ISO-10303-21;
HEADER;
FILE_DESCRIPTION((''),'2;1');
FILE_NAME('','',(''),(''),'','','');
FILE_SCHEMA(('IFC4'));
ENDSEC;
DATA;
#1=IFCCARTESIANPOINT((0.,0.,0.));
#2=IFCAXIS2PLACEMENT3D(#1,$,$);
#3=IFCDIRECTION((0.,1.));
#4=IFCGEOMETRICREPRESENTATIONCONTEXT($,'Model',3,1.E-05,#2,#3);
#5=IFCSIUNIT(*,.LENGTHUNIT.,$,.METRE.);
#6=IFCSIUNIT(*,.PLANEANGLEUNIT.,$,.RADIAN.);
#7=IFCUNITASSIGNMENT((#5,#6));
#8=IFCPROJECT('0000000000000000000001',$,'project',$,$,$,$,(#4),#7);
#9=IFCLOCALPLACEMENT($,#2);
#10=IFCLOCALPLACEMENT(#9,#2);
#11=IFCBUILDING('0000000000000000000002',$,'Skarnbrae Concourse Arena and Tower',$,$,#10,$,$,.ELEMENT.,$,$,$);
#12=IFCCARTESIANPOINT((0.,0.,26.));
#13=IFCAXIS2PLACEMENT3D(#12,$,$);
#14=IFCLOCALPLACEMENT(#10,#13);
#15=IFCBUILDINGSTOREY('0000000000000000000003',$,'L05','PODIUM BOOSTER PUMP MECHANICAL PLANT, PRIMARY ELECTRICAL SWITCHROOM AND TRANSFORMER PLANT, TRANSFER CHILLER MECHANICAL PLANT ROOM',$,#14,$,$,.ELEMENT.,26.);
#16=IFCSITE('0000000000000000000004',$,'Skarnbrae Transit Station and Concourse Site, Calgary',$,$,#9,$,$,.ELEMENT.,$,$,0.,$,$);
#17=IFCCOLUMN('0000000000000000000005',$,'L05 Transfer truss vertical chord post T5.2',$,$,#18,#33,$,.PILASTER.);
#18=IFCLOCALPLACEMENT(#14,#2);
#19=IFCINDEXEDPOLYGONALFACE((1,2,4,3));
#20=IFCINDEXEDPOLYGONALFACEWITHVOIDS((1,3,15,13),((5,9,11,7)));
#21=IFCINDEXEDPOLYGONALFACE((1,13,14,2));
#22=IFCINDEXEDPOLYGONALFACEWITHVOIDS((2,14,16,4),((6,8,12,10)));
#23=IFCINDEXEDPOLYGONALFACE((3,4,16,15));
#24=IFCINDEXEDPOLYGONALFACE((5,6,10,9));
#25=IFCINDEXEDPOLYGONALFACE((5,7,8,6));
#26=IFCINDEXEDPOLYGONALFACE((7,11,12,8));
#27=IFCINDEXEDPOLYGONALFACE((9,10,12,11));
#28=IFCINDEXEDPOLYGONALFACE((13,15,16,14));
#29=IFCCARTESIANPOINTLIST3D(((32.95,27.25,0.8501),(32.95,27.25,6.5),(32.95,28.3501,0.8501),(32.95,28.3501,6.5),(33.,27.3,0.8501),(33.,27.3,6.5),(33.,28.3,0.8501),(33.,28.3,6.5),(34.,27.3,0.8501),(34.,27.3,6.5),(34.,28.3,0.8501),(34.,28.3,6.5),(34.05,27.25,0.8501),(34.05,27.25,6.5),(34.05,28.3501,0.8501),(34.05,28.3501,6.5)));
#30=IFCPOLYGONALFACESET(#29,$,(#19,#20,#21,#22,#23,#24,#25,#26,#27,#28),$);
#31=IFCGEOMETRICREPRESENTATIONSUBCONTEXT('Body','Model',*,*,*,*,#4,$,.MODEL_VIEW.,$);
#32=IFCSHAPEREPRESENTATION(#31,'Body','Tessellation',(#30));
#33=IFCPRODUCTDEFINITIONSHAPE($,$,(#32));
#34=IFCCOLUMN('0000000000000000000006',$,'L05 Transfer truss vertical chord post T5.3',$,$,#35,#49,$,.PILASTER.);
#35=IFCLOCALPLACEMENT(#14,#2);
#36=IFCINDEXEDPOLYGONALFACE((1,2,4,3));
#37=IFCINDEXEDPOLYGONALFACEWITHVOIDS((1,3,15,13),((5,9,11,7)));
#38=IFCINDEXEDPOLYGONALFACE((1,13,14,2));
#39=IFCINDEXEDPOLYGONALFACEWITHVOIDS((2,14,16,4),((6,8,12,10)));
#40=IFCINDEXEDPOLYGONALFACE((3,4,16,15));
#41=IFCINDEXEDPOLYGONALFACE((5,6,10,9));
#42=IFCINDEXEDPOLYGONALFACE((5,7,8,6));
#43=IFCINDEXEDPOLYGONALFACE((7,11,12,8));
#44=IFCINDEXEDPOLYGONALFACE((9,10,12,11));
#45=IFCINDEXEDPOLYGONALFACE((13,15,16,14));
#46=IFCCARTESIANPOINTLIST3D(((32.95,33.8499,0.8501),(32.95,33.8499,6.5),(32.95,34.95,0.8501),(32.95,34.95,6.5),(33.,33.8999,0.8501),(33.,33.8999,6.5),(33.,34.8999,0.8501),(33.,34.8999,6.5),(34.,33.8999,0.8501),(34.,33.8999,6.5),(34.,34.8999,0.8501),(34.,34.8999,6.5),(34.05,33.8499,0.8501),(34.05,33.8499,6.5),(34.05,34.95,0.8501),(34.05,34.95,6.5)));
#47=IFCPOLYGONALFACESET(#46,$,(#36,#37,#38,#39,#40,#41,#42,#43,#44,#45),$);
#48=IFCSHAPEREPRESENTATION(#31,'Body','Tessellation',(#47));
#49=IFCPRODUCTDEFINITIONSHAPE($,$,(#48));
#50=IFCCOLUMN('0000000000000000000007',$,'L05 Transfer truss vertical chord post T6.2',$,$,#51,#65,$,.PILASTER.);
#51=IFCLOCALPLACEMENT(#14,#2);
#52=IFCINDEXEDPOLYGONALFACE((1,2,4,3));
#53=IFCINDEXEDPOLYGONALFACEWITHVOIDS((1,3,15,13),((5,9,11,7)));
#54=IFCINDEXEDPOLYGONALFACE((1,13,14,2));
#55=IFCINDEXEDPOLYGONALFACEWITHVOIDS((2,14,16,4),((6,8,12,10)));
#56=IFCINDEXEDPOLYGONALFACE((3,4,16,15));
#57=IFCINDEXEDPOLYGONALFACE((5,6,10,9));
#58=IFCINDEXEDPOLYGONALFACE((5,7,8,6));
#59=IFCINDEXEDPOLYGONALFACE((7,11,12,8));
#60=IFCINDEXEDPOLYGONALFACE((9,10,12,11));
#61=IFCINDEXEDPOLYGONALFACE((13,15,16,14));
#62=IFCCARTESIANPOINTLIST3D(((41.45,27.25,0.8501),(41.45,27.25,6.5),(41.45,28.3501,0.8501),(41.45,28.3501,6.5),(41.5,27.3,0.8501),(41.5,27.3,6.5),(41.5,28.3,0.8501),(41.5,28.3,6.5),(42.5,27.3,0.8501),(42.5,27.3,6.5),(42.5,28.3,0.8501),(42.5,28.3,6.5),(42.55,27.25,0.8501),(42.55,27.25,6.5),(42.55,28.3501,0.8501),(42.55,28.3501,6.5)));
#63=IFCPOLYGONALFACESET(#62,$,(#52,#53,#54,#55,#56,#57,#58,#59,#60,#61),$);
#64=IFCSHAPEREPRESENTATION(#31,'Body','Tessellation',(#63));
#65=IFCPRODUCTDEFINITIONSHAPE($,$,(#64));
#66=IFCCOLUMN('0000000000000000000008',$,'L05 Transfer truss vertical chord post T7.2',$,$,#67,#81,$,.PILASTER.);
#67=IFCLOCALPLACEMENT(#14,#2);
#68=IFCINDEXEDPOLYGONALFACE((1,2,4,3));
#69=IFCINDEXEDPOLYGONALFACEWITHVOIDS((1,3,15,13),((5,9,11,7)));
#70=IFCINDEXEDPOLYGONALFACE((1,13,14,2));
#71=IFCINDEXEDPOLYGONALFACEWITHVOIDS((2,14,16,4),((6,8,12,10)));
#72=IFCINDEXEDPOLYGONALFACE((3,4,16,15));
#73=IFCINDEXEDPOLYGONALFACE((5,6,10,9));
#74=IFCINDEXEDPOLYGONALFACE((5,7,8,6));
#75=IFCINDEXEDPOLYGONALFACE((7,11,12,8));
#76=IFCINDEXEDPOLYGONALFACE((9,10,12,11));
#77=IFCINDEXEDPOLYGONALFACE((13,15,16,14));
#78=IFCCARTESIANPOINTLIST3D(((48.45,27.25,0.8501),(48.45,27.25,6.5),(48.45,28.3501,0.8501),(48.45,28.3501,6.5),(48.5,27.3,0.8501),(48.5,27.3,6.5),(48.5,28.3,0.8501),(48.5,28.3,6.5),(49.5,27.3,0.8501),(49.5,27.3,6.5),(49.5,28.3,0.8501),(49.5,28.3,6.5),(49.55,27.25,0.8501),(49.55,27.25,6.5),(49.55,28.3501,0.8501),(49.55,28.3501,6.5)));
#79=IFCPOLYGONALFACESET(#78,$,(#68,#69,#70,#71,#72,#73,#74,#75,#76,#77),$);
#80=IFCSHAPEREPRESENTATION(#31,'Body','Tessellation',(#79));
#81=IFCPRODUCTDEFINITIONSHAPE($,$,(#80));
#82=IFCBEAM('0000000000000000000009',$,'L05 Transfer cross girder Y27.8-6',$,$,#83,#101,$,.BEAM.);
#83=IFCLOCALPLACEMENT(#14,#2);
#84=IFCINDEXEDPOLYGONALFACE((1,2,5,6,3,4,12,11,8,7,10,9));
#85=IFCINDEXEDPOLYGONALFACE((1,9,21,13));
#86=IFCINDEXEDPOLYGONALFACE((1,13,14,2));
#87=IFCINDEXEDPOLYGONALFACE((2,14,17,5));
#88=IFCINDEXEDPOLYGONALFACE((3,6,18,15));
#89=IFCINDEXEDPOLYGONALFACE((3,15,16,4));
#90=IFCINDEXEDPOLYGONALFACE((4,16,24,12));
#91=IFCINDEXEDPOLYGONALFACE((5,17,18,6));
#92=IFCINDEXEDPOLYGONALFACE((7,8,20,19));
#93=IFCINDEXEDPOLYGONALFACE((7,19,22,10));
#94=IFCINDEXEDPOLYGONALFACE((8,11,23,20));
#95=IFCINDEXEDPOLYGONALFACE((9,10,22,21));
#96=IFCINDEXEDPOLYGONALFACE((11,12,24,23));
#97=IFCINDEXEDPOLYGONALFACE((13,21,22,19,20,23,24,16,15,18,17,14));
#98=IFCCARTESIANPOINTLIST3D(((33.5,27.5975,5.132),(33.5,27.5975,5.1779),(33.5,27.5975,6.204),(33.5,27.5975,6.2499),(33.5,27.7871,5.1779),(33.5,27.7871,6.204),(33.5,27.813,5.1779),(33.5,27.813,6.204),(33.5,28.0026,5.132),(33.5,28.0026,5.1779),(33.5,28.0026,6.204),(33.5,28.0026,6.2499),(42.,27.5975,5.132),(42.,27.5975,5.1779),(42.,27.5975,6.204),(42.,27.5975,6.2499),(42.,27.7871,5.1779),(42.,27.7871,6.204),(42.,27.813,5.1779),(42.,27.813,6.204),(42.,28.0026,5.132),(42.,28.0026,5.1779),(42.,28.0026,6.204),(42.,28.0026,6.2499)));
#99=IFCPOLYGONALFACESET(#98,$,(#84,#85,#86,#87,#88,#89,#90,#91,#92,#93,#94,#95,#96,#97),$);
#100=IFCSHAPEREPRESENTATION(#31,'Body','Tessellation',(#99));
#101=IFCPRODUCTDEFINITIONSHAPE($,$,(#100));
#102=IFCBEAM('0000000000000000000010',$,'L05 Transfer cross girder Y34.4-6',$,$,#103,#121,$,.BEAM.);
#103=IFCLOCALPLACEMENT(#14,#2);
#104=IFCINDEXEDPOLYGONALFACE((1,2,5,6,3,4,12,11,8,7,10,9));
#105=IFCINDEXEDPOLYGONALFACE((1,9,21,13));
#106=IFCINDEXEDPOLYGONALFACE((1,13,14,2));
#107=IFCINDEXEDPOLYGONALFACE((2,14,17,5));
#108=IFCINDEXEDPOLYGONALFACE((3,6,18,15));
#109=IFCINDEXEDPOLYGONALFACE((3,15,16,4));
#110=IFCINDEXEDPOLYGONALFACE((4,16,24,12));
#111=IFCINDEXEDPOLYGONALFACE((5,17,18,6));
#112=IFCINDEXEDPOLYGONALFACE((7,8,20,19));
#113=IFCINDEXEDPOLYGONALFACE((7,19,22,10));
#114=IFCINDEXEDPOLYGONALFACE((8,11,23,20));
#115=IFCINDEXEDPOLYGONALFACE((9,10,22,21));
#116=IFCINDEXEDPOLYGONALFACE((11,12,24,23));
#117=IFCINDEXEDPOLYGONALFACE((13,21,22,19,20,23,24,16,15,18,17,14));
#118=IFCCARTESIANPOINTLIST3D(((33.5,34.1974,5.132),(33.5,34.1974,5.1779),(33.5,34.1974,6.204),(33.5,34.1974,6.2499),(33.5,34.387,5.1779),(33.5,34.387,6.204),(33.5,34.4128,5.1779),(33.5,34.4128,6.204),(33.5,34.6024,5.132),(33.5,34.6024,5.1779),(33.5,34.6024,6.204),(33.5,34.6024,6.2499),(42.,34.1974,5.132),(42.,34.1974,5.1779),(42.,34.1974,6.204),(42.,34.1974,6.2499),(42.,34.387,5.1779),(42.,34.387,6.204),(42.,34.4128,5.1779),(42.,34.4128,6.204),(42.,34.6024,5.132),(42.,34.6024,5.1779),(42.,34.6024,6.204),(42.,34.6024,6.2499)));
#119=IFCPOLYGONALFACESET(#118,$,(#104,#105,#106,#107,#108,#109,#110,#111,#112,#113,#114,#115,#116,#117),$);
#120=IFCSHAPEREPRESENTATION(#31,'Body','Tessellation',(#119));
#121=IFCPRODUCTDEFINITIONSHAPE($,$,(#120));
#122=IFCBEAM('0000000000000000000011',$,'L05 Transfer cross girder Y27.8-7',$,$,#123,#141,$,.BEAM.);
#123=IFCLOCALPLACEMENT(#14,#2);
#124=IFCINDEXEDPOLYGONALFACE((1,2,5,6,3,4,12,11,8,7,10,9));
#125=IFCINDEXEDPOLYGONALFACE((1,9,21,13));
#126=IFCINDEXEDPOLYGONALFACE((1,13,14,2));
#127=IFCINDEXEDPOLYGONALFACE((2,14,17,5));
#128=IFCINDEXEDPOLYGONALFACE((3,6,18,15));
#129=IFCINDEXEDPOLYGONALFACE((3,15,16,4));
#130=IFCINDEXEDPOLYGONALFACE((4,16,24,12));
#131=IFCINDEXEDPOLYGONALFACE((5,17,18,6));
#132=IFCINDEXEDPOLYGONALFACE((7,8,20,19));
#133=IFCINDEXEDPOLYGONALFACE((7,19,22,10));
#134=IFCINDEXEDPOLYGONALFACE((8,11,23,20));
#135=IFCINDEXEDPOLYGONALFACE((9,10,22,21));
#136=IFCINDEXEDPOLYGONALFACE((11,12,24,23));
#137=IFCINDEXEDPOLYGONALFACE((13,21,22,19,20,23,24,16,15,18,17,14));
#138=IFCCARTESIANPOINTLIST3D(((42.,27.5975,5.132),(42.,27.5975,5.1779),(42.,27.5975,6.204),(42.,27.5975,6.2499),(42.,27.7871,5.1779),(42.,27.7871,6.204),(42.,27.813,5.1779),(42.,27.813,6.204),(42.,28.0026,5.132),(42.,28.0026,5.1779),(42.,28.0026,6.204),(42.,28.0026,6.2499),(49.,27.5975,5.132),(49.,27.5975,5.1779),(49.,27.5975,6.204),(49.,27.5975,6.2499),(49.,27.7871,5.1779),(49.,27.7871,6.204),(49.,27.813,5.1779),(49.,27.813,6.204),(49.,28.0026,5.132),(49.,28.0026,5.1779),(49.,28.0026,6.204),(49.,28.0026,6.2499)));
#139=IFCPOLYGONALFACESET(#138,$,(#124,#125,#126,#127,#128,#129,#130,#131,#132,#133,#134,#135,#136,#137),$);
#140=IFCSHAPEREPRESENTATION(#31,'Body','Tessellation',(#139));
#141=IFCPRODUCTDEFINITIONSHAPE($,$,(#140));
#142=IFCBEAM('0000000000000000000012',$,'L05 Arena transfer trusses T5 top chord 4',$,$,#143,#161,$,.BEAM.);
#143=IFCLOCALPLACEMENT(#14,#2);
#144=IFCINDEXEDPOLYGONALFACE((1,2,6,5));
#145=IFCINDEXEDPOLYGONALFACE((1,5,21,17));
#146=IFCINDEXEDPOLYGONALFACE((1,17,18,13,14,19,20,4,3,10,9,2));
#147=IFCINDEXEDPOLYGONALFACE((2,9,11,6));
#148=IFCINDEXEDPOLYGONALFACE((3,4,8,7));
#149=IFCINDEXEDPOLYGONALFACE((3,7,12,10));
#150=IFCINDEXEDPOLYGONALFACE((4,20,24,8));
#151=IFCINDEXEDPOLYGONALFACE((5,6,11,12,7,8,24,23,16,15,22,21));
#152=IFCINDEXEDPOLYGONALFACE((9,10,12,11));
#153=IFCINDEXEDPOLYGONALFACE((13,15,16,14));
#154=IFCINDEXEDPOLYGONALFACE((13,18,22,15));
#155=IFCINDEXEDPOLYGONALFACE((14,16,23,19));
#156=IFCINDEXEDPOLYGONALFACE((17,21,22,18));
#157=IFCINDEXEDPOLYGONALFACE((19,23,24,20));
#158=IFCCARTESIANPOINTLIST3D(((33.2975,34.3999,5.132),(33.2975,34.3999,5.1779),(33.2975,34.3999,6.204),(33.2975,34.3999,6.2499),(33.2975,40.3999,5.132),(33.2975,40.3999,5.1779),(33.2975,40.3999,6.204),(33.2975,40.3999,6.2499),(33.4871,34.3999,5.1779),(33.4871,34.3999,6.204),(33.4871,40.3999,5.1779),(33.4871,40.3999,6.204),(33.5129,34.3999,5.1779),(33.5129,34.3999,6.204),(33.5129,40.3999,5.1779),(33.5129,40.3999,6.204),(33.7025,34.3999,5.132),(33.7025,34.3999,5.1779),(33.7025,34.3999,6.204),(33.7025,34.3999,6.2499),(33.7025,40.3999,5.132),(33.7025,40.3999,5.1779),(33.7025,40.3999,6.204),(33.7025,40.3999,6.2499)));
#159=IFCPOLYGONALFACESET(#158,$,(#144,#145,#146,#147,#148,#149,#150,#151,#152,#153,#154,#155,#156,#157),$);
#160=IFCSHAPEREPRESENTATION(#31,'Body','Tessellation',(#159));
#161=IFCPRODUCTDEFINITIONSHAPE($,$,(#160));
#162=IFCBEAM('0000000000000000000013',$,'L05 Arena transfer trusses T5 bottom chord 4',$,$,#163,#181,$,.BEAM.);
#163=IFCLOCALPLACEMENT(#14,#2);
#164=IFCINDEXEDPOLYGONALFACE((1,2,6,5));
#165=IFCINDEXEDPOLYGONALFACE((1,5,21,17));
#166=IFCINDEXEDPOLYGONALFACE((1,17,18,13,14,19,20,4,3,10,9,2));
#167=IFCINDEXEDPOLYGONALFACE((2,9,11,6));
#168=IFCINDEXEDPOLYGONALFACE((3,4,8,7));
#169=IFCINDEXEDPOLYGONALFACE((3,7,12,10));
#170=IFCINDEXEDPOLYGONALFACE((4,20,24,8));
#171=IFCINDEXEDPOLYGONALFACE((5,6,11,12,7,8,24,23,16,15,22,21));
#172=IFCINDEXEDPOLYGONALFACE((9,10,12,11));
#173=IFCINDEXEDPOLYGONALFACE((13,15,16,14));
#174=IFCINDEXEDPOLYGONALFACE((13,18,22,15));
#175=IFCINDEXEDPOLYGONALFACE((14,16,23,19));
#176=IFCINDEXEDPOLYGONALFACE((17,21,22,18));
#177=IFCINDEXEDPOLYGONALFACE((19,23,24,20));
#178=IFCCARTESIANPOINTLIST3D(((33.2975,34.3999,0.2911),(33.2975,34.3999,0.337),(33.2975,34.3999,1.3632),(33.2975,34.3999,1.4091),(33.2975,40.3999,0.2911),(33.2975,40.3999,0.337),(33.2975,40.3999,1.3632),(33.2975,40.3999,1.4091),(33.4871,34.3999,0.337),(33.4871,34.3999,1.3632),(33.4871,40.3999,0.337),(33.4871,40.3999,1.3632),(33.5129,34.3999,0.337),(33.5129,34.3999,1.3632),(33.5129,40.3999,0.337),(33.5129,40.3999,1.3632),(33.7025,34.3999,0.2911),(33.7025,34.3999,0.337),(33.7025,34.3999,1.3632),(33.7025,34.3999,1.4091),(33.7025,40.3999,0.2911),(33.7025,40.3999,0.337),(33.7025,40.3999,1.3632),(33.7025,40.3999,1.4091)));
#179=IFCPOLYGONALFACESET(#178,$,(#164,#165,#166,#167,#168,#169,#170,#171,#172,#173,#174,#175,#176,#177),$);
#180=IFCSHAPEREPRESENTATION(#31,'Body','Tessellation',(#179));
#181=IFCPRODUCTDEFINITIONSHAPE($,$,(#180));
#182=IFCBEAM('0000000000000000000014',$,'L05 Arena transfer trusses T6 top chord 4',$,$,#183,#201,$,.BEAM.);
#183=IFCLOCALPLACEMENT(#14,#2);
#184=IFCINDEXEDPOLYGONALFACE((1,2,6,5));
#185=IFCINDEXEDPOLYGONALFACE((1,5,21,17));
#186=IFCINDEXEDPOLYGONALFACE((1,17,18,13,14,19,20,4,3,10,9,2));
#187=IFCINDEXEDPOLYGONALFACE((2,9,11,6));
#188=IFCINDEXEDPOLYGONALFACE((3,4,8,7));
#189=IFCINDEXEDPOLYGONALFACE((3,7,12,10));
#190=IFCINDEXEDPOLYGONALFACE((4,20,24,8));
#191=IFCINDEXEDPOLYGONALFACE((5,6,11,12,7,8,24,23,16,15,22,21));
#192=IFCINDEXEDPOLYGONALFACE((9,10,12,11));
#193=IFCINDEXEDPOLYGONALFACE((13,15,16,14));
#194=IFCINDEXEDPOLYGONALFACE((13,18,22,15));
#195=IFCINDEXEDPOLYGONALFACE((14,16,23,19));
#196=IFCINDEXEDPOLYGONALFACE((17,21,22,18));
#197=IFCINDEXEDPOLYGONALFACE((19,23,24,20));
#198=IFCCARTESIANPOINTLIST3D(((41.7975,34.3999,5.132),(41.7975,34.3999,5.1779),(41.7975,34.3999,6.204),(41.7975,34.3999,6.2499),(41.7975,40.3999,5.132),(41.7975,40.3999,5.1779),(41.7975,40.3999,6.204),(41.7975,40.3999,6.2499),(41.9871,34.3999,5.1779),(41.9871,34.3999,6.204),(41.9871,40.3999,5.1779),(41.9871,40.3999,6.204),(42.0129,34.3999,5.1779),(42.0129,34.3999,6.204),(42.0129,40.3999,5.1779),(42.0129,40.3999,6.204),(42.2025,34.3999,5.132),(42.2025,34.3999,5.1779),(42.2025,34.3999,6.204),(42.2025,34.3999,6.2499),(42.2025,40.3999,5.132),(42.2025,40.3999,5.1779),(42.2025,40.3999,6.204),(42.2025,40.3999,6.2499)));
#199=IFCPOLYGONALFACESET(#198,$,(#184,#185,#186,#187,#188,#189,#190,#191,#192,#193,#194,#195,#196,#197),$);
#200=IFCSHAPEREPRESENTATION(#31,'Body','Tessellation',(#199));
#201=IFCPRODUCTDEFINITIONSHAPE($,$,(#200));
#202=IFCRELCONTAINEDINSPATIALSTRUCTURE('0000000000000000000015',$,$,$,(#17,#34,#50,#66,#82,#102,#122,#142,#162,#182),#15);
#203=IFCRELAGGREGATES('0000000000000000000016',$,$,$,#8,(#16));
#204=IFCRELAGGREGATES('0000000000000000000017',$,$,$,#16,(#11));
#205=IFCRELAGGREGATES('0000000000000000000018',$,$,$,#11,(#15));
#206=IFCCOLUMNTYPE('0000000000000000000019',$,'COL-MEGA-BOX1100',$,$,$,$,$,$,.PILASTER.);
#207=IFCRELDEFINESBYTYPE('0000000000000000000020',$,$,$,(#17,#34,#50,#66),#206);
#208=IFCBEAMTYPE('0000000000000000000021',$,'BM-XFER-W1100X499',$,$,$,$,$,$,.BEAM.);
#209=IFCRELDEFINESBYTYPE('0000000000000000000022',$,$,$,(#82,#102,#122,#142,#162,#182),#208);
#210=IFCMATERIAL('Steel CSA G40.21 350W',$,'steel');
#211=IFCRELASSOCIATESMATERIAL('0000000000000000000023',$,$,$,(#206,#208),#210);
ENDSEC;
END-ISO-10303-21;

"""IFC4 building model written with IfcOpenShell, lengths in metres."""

from ifc_helpers import new_model, si_unit, direction, frame, origin, origin_2d, place, context, subcontext, project, spatial, hollow_rectangle, i_section, extrude, source, transform, mapped, material, material_profile, profile_set, type_object, element, save


model = new_model("IFC4")

# Units and contexts
model_context = context("Model", 3, precision=1e-05, world=origin(), true_north=direction((0.0, 1.0)))
body_context = subcontext(model_context, "Body", "Model", "MODEL_VIEW")
ifc_project = project(units=[si_unit("LENGTHUNIT", "METRE"), si_unit("PLANEANGLEUNIT", "RADIAN")], contexts=[model_context])

# Site, building, storey
site_placement = place(None, origin())
site = spatial("IfcSite", under=ifc_project, at=site_placement, Name="Skarnbrae Transit Station and Concourse Site, Calgary", CompositionType="ELEMENT", RefElevation=0.0)
building_placement = place(site_placement, origin())
building = spatial("IfcBuilding", under=site, at=building_placement, Name="Skarnbrae Concourse Arena and Tower", CompositionType="ELEMENT")
storey_placement = place(building_placement, frame((0.0, 0.0, 26.0)))
storey = spatial("IfcBuildingStorey", under=building, at=storey_placement, Name="L05", Description="PODIUM BOOSTER PUMP MECHANICAL PLANT, PRIMARY ELECTRICAL SWITCHROOM AND TRANSFORMER PLANT, TRANSFER CHILLER MECHANICAL PLANT ROOM", CompositionType="ELEMENT", Elevation=26.0)

# Columns
ifc_material = material(Name="Steel CSA G40.21 350W", Category="steel")
ifc_material_profile_1 = material_profile(ifc_material, hollow_rectangle(XDim=1.1001, YDim=1.1001, WallThickness=0.05, at=origin_2d()), Name="BOX1100X1100X50")
ifc_profile_set_1 = profile_set([ifc_material_profile_1], Name="Steel CSA G40.21 350W")
column_type = type_object("IfcColumnType", Name="COL-MEGA-BOX1100", PredefinedType="PILASTER", material=ifc_profile_set_1)
shared_shape_1 = source(origin(), body_context, "Body", "SweptSolid", [
    extrude(hollow_rectangle(XDim=1.1001, YDim=1.1001, WallThickness=0.05, at=origin_2d()), origin(), (0.0, 0.0, 1.0), 5.6499),
])
for number, where, z_axis, x_axis, name in (
    (1, (33.5, 27.8, 0.8501), (0.0, 0.0, 1.0), (1.0, 0.0, 0.0), "L05 Transfer truss vertical chord post T5.2"),
    (2, (33.5, 34.3999, 0.8501), (0.0, 0.0, 1.0), (1.0, 0.0, 0.0), "L05 Transfer truss vertical chord post T5.3"),
    (3, (42.0, 27.8, 0.8501), (0.0, 0.0, 1.0), (1.0, 0.0, 0.0), "L05 Transfer truss vertical chord post T6.2"),
    (4, (49.0, 27.8, 0.8501), (0.0, 0.0, 1.0), (1.0, 0.0, 0.0), "L05 Transfer truss vertical chord post T7.2"),
):
    element("IfcColumn", number, at=place(storey_placement, frame(where, z_axis=z_axis, x_axis=x_axis)), inside=storey, type_object=column_type, Name=name, PredefinedType="PILASTER", context=body_context, shape_type="MappedRepresentation", body=[
        mapped(shared_shape_1, transform((0.0, 0.0, 0.0))),
    ])

# Beams
ifc_material_profile_2 = material_profile(ifc_material, i_section(OverallWidth=0.405, OverallDepth=1.1179, WebThickness=0.0259, FlangeThickness=0.0459, at=origin_2d()), Name="W1100X499")
ifc_profile_set_2 = profile_set([ifc_material_profile_2], Name="Steel CSA G40.21 350W")
beam_type = type_object("IfcBeamType", Name="BM-XFER-W1100X499", PredefinedType="BEAM", material=ifc_profile_set_2)
shared_shape_2 = source(origin(), body_context, "Body", "SweptSolid", [
    extrude(i_section(OverallWidth=0.405, OverallDepth=1.1179, WebThickness=0.0259, FlangeThickness=0.0459, at=origin_2d()), origin(), (0.0, 0.0, 1.0), 8.5),
])
for number, where, z_axis, x_axis, name in (
    (5, (33.5, 27.8, 5.6909), (1.0, 0.0, 0.0), (0.0, 1.0, 0.0), "L05 Transfer cross girder Y27.8-6"),
    (6, (33.5, 34.3999, 5.6909), (1.0, 0.0, 0.0), (0.0, 1.0, 0.0), "L05 Transfer cross girder Y34.4-6"),
):
    element("IfcBeam", number, at=place(storey_placement, frame(where, z_axis=z_axis, x_axis=x_axis)), inside=storey, type_object=beam_type, Name=name, PredefinedType="BEAM", context=body_context, shape_type="MappedRepresentation", body=[
        mapped(shared_shape_2, transform((0.0, 0.0, 0.0))),
    ])
shared_shape_3 = source(origin(), body_context, "Body", "SweptSolid", [
    extrude(i_section(OverallWidth=0.405, OverallDepth=1.1179, WebThickness=0.0259, FlangeThickness=0.0459, at=origin_2d()), origin(), (0.0, 0.0, 1.0), 7.0),
])
beam_placement = place(storey_placement, frame((42.0, 27.8, 5.6909), z_axis=(1.0, 0.0, 0.0), x_axis=(0.0, 1.0, 0.0)))
element("IfcBeam", 7, at=beam_placement, inside=storey, type_object=beam_type, Name="L05 Transfer cross girder Y27.8-7", PredefinedType="BEAM", context=body_context, shape_type="MappedRepresentation", body=[
    mapped(shared_shape_3, transform((0.0, 0.0, 0.0))),
])
shared_shape_4 = source(origin(), body_context, "Body", "SweptSolid", [
    extrude(i_section(OverallWidth=0.405, OverallDepth=1.1179, WebThickness=0.0259, FlangeThickness=0.0459, at=origin_2d()), origin(), (0.0, 0.0, 1.0), 6.0),
])
for number, where, z_axis, x_axis, name in (
    (8, (33.5, 34.3999, 5.6909), (0.0, 1.0, 0.0), (-1.0, 0.0, 0.0), "L05 Arena transfer trusses T5 top chord 4"),
    (9, (33.5, 34.3999, 0.8501), (0.0, 1.0, 0.0), (-1.0, 0.0, 0.0), "L05 Arena transfer trusses T5 bottom chord 4"),
    (10, (42.0, 34.3999, 5.6909), (0.0, 1.0, 0.0), (-1.0, 0.0, 0.0), "L05 Arena transfer trusses T6 top chord 4"),
):
    element("IfcBeam", number, at=place(storey_placement, frame(where, z_axis=z_axis, x_axis=x_axis)), inside=storey, type_object=beam_type, Name=name, PredefinedType="BEAM", context=body_context, shape_type="MappedRepresentation", body=[
        mapped(shared_shape_4, transform((0.0, 0.0, 0.0))),
    ])

save(model, "model.ifc")
